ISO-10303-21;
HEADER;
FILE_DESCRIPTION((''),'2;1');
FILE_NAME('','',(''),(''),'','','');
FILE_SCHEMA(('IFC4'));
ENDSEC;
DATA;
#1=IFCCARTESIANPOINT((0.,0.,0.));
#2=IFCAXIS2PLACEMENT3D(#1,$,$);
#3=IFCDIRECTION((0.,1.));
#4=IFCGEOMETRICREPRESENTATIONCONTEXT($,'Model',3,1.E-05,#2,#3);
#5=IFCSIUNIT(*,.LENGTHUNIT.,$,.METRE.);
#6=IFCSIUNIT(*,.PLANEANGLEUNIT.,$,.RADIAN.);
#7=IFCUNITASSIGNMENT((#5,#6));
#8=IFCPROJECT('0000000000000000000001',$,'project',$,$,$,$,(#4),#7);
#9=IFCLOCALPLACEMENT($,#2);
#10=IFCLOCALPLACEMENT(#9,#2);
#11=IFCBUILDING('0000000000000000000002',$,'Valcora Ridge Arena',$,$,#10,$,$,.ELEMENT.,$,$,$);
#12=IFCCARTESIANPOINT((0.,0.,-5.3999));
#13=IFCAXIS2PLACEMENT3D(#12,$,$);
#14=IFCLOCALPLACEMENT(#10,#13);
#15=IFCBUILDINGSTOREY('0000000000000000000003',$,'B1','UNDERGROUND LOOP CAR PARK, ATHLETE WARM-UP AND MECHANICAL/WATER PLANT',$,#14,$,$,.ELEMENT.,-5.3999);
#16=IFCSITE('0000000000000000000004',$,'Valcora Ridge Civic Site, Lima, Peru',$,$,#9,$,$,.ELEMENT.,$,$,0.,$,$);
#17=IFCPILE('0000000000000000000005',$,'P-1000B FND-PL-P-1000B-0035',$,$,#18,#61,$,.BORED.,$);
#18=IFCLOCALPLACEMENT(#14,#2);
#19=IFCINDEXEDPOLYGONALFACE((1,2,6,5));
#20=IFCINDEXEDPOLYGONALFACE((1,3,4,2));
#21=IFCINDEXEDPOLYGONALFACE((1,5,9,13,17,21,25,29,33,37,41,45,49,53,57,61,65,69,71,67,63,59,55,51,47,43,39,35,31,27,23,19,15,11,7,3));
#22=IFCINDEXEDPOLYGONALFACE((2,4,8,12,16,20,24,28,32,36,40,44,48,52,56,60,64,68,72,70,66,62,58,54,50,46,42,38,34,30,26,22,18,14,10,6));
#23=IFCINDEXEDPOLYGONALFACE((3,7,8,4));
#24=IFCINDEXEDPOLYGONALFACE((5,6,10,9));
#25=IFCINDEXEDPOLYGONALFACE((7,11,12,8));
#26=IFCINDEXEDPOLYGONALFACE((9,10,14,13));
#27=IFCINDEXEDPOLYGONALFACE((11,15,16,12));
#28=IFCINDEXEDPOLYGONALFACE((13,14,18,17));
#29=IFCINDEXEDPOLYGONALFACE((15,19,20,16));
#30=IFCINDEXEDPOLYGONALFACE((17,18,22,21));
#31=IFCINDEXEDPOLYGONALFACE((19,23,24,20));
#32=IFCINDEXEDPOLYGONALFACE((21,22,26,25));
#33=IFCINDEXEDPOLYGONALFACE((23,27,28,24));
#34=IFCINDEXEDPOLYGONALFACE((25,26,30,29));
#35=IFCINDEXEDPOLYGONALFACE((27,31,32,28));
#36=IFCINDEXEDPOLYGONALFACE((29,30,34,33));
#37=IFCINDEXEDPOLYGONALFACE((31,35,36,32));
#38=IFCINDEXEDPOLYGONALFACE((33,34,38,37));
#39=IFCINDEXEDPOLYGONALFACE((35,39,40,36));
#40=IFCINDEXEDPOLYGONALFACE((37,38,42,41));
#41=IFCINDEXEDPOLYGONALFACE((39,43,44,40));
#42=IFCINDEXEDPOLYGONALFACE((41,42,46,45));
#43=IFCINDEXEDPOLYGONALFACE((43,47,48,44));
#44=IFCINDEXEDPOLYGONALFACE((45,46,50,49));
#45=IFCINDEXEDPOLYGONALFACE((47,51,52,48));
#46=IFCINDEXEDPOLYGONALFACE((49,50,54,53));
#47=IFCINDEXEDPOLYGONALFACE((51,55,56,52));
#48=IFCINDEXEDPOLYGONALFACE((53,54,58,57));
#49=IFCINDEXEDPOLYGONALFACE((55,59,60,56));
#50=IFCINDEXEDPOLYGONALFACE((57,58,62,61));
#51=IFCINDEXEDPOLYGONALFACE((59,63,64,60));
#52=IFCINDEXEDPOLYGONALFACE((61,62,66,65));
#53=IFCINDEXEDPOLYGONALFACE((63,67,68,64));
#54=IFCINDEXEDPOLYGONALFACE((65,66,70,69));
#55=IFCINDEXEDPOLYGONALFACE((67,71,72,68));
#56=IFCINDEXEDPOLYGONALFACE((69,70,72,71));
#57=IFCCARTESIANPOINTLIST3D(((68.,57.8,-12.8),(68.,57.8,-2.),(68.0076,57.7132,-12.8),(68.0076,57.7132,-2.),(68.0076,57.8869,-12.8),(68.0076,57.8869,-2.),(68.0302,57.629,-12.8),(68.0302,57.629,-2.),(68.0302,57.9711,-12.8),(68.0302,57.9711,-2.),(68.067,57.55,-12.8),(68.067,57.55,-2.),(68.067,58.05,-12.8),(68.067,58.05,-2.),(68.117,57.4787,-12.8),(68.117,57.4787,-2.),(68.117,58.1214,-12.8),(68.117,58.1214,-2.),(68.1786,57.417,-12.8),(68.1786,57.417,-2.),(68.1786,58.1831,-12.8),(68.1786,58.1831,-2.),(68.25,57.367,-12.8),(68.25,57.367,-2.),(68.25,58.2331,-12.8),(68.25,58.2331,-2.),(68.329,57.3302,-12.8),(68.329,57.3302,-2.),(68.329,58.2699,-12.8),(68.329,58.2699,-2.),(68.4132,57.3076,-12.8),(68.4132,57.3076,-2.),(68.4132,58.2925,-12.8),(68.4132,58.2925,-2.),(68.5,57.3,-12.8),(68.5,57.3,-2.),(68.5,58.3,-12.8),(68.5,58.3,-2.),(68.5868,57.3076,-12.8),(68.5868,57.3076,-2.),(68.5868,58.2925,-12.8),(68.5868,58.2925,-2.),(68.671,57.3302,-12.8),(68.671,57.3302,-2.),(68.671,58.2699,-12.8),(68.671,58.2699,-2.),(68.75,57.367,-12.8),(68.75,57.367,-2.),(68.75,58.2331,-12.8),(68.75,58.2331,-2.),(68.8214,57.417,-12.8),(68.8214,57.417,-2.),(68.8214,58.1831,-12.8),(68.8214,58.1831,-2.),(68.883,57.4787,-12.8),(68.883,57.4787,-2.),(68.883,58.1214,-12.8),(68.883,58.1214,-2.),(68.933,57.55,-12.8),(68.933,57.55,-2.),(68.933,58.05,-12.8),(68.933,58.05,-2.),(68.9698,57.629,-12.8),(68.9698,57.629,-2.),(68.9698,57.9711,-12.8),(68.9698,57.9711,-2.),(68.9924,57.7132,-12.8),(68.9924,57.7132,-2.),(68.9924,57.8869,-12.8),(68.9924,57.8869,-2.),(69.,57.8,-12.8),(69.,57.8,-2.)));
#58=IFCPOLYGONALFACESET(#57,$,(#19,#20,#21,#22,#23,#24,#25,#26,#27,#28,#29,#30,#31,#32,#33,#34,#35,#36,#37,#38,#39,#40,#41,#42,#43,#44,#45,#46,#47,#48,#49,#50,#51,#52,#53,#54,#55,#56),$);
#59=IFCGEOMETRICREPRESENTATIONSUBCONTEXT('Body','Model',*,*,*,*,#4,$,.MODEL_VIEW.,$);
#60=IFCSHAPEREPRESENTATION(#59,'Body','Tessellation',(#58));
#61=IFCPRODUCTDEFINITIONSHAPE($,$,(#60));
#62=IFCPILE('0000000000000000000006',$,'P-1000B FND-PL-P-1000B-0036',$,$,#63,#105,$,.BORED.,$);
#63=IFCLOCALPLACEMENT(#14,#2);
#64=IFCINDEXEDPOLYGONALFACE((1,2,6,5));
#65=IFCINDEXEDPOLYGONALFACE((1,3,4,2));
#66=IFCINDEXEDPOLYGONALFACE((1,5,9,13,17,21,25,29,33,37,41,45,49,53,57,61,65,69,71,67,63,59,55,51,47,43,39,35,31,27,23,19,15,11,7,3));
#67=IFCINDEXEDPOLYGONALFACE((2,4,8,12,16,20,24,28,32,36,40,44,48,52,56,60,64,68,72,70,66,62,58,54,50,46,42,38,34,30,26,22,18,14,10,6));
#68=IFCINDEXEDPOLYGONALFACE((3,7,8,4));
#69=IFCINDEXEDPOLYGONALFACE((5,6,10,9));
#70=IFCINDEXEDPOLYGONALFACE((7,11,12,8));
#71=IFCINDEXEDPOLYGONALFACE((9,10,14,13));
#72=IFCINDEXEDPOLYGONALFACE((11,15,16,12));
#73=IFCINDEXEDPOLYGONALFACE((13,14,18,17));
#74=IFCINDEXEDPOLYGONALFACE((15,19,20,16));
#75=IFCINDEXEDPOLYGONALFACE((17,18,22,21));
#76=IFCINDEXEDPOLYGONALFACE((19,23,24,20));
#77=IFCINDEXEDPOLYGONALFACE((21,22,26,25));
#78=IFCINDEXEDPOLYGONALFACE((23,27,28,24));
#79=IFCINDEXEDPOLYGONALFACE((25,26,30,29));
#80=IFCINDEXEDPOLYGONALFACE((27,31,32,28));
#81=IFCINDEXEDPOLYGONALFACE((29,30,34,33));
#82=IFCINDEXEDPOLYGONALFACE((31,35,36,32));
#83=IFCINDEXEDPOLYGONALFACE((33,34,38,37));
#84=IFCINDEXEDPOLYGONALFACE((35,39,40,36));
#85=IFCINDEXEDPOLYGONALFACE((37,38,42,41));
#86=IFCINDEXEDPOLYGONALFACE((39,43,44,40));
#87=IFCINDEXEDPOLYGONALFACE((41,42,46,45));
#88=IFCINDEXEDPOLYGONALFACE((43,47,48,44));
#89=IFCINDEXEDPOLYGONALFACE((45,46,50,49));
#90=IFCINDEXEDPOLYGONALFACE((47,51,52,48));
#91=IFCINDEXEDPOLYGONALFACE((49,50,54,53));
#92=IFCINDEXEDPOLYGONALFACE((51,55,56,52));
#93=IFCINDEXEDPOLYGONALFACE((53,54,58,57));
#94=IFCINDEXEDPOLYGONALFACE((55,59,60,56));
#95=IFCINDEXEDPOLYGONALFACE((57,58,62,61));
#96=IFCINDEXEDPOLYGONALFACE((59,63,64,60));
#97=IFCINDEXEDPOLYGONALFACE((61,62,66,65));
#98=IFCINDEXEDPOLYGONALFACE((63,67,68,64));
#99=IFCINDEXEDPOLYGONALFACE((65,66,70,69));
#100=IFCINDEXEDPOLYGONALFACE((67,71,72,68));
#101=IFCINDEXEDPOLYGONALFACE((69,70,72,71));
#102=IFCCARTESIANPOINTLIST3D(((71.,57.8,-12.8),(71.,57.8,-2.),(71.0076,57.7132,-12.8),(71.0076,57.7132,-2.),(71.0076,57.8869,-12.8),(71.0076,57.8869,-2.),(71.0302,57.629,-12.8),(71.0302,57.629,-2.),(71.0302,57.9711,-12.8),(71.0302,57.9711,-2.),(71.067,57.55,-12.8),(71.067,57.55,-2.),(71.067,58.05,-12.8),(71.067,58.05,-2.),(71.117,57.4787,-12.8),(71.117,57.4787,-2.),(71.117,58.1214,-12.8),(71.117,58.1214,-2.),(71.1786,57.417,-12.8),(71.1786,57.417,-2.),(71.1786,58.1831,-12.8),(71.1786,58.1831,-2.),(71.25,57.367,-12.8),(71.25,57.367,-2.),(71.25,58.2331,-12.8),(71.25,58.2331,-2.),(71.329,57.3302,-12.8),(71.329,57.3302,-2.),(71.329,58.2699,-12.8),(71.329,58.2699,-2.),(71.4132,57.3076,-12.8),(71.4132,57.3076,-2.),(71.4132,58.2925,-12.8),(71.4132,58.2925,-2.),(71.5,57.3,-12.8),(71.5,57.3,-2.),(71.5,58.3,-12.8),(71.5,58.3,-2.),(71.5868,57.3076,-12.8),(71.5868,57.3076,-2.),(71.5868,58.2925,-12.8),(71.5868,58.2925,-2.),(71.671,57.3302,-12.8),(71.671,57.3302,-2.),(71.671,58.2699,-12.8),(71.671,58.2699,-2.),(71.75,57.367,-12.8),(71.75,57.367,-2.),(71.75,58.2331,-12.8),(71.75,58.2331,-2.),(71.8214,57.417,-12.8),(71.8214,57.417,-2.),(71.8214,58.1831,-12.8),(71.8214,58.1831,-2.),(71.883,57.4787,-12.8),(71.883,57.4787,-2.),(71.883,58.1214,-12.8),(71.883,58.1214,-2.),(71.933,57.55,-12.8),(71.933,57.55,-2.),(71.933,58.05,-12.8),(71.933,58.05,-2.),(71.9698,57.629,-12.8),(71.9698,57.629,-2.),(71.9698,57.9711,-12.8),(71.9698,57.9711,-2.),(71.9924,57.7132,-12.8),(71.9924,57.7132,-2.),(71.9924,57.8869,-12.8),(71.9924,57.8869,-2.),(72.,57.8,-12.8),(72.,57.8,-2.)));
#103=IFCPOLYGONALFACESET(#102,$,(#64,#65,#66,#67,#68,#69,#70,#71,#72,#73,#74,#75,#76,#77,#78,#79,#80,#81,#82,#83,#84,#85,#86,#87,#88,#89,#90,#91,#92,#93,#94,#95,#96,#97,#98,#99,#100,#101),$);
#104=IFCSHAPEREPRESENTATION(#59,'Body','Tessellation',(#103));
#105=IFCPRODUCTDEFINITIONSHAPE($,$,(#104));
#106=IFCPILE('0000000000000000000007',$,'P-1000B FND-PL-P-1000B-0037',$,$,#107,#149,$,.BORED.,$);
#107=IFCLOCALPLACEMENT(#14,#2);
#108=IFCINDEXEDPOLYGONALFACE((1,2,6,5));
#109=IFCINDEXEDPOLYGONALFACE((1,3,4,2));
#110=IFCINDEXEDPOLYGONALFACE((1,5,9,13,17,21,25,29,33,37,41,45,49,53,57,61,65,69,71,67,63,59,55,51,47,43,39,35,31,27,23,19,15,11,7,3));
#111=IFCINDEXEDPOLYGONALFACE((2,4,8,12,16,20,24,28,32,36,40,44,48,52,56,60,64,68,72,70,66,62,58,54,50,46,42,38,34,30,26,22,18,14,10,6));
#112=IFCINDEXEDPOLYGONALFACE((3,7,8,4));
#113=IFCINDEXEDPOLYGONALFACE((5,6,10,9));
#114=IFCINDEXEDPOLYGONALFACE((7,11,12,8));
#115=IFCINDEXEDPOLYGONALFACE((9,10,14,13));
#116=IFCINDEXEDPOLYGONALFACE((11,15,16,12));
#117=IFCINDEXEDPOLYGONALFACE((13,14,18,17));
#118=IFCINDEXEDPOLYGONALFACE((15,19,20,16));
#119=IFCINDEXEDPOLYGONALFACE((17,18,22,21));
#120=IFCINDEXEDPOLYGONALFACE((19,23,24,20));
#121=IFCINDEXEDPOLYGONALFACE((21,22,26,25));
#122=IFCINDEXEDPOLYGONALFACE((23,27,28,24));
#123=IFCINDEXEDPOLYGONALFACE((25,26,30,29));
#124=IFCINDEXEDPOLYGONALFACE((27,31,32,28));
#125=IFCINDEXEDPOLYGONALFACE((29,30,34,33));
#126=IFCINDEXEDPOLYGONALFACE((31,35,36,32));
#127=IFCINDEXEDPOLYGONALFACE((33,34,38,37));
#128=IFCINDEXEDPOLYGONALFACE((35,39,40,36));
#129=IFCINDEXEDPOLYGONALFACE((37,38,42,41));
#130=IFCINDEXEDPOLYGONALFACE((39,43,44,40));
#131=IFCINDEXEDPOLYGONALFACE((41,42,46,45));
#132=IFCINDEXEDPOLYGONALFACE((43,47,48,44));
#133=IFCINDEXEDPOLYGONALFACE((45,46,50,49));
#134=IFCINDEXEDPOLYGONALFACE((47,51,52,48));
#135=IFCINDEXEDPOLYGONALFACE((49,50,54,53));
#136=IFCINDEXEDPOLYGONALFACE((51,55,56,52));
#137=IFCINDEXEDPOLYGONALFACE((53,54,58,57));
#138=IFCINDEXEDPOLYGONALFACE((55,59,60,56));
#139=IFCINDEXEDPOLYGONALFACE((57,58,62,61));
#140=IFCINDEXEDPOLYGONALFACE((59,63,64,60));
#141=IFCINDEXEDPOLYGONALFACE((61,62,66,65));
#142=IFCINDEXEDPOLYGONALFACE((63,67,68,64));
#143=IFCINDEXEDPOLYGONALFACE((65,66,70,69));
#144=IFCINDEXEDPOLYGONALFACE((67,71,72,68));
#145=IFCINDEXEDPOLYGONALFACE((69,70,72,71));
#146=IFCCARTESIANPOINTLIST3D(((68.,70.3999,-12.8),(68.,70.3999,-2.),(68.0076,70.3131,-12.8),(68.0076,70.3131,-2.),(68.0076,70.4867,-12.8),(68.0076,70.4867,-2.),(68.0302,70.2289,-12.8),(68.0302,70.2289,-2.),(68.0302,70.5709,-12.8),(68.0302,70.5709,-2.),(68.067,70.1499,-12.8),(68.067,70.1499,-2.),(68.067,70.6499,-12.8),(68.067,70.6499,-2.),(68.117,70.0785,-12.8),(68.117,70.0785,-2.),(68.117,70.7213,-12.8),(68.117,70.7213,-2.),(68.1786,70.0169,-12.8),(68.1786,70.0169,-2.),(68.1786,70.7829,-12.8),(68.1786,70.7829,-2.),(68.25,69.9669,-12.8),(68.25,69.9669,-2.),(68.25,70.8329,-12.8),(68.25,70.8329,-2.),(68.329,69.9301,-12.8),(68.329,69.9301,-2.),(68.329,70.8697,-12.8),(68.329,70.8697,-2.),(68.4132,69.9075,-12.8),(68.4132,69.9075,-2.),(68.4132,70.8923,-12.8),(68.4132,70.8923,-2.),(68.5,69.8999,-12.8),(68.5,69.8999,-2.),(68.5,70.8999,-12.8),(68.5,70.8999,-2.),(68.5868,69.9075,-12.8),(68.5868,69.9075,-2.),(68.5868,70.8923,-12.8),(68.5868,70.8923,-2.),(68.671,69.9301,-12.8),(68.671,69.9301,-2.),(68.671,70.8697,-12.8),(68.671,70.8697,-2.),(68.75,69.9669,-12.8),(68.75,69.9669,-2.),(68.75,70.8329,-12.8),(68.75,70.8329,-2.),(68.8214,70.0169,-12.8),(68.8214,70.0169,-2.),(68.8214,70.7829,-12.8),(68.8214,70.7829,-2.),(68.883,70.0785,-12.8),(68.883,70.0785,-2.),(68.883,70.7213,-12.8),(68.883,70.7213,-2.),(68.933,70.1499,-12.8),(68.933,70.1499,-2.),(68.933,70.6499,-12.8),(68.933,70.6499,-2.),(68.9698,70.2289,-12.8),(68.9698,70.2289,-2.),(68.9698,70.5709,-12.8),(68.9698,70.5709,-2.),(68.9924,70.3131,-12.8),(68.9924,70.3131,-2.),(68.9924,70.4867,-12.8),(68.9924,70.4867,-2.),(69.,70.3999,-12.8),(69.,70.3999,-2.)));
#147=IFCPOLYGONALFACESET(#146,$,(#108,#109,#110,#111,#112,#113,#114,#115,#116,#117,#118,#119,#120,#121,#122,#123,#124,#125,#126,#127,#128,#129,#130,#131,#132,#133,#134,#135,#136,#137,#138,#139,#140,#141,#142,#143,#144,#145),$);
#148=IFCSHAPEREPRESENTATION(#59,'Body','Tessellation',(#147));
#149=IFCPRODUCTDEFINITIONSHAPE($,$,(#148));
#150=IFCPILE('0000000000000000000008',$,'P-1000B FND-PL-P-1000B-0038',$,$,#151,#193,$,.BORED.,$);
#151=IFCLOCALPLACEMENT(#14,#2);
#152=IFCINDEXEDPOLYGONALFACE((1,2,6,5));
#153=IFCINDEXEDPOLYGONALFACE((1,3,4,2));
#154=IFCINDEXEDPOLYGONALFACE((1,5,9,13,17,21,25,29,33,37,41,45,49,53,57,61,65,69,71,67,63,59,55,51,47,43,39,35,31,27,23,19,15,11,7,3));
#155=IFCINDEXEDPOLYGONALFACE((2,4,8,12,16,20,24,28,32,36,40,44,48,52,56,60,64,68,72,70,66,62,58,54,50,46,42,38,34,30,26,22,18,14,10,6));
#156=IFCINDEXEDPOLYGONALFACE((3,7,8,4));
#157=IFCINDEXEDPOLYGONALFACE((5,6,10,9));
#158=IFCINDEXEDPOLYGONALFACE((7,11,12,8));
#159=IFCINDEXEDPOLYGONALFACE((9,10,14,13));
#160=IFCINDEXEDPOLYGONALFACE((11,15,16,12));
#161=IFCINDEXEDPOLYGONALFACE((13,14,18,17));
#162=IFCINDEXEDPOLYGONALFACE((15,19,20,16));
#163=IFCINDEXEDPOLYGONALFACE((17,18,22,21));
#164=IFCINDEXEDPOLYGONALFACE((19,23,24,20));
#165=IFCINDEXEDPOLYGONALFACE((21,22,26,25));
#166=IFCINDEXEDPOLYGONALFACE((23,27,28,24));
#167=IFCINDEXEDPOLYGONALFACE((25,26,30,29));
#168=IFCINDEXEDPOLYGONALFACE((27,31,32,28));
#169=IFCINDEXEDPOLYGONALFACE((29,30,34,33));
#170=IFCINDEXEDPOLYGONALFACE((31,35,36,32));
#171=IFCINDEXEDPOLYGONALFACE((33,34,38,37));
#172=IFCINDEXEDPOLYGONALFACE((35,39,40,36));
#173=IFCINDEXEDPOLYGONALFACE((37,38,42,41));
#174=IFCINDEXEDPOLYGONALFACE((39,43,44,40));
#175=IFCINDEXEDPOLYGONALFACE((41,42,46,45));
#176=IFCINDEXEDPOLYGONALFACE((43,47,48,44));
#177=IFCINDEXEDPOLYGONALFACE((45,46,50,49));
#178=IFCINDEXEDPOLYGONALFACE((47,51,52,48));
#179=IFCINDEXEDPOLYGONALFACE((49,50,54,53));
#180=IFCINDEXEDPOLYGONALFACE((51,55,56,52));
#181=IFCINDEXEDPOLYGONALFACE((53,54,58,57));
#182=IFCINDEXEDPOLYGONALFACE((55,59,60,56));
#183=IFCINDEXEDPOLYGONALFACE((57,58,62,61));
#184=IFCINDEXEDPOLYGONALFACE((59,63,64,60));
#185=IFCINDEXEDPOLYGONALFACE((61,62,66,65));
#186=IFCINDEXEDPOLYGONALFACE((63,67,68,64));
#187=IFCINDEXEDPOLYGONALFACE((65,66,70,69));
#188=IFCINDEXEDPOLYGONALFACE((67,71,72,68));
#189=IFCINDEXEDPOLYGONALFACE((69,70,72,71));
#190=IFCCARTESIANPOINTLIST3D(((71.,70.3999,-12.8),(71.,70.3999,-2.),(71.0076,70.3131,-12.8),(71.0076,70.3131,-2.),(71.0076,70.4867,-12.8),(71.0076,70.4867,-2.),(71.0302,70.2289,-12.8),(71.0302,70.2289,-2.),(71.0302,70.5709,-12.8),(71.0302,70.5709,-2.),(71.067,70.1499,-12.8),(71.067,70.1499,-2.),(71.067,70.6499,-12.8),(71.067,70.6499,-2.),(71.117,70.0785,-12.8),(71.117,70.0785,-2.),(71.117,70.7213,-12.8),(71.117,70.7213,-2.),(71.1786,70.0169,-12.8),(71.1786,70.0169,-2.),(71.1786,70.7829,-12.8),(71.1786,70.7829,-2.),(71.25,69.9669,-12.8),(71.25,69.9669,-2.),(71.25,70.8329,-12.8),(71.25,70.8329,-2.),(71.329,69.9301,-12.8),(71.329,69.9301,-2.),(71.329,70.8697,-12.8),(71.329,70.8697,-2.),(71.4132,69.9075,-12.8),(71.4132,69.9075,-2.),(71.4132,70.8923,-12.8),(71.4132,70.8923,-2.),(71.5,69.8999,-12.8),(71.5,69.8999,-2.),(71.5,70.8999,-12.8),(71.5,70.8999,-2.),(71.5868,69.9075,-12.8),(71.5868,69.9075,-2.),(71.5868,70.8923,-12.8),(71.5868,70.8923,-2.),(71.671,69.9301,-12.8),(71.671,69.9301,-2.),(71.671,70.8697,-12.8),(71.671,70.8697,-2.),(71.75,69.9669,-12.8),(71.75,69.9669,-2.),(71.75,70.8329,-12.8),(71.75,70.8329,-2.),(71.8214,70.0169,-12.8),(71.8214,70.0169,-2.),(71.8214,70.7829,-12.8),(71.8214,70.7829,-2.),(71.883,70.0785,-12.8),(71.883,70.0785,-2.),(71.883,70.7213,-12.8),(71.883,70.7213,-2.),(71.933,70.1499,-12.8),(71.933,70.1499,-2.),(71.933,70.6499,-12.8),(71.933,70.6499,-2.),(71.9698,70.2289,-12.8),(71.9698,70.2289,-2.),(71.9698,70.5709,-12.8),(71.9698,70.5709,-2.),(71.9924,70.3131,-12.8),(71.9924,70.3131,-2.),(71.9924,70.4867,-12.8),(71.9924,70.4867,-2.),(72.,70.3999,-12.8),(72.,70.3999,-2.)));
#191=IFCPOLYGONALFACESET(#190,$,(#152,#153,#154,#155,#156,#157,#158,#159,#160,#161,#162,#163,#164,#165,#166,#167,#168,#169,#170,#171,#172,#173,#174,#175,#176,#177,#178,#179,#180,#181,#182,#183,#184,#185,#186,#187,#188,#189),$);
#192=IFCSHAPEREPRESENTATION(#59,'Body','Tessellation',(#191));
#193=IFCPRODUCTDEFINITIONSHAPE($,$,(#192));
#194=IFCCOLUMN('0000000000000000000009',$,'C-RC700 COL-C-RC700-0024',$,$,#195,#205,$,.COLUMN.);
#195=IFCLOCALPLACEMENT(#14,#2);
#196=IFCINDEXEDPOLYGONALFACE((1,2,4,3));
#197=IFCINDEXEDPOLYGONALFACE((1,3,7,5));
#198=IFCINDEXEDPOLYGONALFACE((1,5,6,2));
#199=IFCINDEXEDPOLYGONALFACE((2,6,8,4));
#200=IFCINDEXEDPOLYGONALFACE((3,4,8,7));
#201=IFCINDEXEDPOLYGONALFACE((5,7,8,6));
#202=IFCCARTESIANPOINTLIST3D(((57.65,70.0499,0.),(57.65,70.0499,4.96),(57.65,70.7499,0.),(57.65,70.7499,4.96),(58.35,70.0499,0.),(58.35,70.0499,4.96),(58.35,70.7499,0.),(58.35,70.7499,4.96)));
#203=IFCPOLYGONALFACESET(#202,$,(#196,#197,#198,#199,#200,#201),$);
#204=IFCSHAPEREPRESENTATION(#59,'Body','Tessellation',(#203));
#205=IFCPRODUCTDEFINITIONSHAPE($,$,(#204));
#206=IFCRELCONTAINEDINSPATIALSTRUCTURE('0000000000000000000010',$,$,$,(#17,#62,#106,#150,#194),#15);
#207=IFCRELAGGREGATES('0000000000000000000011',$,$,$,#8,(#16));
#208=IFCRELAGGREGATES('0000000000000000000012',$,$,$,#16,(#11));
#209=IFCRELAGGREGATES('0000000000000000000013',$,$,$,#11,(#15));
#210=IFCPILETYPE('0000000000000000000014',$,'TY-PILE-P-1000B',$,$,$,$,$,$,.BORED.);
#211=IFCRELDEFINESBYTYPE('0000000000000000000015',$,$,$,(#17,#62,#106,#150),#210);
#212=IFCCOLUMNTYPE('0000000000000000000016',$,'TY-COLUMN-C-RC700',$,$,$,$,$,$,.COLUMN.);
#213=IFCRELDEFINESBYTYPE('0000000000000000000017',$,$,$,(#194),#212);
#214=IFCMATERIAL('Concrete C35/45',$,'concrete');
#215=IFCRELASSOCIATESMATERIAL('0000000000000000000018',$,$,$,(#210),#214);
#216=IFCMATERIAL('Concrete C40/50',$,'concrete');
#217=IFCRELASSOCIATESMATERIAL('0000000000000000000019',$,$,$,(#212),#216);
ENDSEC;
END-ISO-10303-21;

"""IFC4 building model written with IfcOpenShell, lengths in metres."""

from ifc_helpers import new_model, si_unit, direction, frame, origin, origin_2d, place, context, subcontext, project, spatial, rectangle, circle, extrude, material, material_profile, profile_set, type_object, element, save


model = new_model("IFC4")

# Units and contexts
model_context = context("Model", 3, precision=1e-05, world=origin(), true_north=direction((0.0, 1.0)))
body_context = subcontext(model_context, "Body", "Model", "MODEL_VIEW")
ifc_project = project(units=[si_unit("LENGTHUNIT", "METRE"), si_unit("PLANEANGLEUNIT", "RADIAN")], contexts=[model_context])

# Site, building, storey
site_placement = place(None, origin())
site = spatial("IfcSite", under=ifc_project, at=site_placement, Name="Valcora Ridge Civic Site, Lima, Peru", CompositionType="ELEMENT", RefElevation=0.0)
building_placement = place(site_placement, origin())
building = spatial("IfcBuilding", under=site, at=building_placement, Name="Valcora Ridge Arena", CompositionType="ELEMENT")
storey_placement = place(building_placement, frame((0.0, 0.0, -5.3999)))
storey = spatial("IfcBuildingStorey", under=building, at=storey_placement, Name="B1", Description="UNDERGROUND LOOP CAR PARK, ATHLETE WARM-UP AND MECHANICAL/WATER PLANT", CompositionType="ELEMENT", Elevation=-5.3999)

# Shared definitions
ifc_material_1 = material(Name="Concrete C40/50", Category="concrete")

# Piles
ifc_material_2 = material(Name="Concrete C35/45", Category="concrete")
ifc_material_profile_1 = material_profile(ifc_material_2, circle(Radius=0.5, at=origin_2d()), Name="BORED PILE D1000")
ifc_profile_set_1 = profile_set([ifc_material_profile_1], Name="Concrete C35/45")
pile_type = type_object("IfcPileType", Name="TY-PILE-P-1000B", PredefinedType="BORED", material=ifc_profile_set_1)
for number, where, z_axis, x_axis, name in (
    (1, (68.5, 57.8, -2.0), (0.0, 0.0, -1.0), (1.0, 0.0, 0.0), "P-1000B FND-PL-P-1000B-0035"),
    (2, (71.5, 57.8, -2.0), (0.0, 0.0, -1.0), (1.0, 0.0, 0.0), "P-1000B FND-PL-P-1000B-0036"),
    (3, (68.5, 70.3999, -2.0), (0.0, 0.0, -1.0), (1.0, 0.0, 0.0), "P-1000B FND-PL-P-1000B-0037"),
    (4, (71.5, 70.3999, -2.0), (0.0, 0.0, -1.0), (1.0, 0.0, 0.0), "P-1000B FND-PL-P-1000B-0038"),
):
    element("IfcPile", number, at=place(storey_placement, frame(where, z_axis=z_axis, x_axis=x_axis)), inside=storey, type_object=pile_type, Name=name, PredefinedType="BORED", context=body_context, shape_type="SweptSolid", body=[
        extrude(circle(Radius=0.5, at=origin_2d()), origin(), (0.0, 0.0, 1.0), 10.8),
    ])

# Column
ifc_material_profile_2 = material_profile(ifc_material_1, rectangle(XDim=0.7, YDim=0.7, at=origin_2d()), Name="RC 700x700")
ifc_profile_set_2 = profile_set([ifc_material_profile_2], Name="Concrete C40/50")
column_type_1 = type_object("IfcColumnType", Name="TY-COLUMN-C-RC700", PredefinedType="COLUMN", material=ifc_profile_set_2)
for number, where, z_axis, x_axis, name in (
    (5, (58.0, 70.3999, 0.0), (0.0, 0.0, 1.0), (1.0, 0.0, 0.0), "C-RC700 COL-C-RC700-0024"),
):
    element("IfcColumn", number, at=place(storey_placement, frame(where, z_axis=z_axis, x_axis=x_axis)), inside=storey, type_object=column_type_1, Name=name, PredefinedType="COLUMN", context=body_context, shape_type="SweptSolid", body=[
        extrude(rectangle(XDim=0.7, YDim=0.7, at=origin_2d()), origin(), (0.0, 0.0, 1.0), 4.96),
    ])

save(model, "model.ifc")
